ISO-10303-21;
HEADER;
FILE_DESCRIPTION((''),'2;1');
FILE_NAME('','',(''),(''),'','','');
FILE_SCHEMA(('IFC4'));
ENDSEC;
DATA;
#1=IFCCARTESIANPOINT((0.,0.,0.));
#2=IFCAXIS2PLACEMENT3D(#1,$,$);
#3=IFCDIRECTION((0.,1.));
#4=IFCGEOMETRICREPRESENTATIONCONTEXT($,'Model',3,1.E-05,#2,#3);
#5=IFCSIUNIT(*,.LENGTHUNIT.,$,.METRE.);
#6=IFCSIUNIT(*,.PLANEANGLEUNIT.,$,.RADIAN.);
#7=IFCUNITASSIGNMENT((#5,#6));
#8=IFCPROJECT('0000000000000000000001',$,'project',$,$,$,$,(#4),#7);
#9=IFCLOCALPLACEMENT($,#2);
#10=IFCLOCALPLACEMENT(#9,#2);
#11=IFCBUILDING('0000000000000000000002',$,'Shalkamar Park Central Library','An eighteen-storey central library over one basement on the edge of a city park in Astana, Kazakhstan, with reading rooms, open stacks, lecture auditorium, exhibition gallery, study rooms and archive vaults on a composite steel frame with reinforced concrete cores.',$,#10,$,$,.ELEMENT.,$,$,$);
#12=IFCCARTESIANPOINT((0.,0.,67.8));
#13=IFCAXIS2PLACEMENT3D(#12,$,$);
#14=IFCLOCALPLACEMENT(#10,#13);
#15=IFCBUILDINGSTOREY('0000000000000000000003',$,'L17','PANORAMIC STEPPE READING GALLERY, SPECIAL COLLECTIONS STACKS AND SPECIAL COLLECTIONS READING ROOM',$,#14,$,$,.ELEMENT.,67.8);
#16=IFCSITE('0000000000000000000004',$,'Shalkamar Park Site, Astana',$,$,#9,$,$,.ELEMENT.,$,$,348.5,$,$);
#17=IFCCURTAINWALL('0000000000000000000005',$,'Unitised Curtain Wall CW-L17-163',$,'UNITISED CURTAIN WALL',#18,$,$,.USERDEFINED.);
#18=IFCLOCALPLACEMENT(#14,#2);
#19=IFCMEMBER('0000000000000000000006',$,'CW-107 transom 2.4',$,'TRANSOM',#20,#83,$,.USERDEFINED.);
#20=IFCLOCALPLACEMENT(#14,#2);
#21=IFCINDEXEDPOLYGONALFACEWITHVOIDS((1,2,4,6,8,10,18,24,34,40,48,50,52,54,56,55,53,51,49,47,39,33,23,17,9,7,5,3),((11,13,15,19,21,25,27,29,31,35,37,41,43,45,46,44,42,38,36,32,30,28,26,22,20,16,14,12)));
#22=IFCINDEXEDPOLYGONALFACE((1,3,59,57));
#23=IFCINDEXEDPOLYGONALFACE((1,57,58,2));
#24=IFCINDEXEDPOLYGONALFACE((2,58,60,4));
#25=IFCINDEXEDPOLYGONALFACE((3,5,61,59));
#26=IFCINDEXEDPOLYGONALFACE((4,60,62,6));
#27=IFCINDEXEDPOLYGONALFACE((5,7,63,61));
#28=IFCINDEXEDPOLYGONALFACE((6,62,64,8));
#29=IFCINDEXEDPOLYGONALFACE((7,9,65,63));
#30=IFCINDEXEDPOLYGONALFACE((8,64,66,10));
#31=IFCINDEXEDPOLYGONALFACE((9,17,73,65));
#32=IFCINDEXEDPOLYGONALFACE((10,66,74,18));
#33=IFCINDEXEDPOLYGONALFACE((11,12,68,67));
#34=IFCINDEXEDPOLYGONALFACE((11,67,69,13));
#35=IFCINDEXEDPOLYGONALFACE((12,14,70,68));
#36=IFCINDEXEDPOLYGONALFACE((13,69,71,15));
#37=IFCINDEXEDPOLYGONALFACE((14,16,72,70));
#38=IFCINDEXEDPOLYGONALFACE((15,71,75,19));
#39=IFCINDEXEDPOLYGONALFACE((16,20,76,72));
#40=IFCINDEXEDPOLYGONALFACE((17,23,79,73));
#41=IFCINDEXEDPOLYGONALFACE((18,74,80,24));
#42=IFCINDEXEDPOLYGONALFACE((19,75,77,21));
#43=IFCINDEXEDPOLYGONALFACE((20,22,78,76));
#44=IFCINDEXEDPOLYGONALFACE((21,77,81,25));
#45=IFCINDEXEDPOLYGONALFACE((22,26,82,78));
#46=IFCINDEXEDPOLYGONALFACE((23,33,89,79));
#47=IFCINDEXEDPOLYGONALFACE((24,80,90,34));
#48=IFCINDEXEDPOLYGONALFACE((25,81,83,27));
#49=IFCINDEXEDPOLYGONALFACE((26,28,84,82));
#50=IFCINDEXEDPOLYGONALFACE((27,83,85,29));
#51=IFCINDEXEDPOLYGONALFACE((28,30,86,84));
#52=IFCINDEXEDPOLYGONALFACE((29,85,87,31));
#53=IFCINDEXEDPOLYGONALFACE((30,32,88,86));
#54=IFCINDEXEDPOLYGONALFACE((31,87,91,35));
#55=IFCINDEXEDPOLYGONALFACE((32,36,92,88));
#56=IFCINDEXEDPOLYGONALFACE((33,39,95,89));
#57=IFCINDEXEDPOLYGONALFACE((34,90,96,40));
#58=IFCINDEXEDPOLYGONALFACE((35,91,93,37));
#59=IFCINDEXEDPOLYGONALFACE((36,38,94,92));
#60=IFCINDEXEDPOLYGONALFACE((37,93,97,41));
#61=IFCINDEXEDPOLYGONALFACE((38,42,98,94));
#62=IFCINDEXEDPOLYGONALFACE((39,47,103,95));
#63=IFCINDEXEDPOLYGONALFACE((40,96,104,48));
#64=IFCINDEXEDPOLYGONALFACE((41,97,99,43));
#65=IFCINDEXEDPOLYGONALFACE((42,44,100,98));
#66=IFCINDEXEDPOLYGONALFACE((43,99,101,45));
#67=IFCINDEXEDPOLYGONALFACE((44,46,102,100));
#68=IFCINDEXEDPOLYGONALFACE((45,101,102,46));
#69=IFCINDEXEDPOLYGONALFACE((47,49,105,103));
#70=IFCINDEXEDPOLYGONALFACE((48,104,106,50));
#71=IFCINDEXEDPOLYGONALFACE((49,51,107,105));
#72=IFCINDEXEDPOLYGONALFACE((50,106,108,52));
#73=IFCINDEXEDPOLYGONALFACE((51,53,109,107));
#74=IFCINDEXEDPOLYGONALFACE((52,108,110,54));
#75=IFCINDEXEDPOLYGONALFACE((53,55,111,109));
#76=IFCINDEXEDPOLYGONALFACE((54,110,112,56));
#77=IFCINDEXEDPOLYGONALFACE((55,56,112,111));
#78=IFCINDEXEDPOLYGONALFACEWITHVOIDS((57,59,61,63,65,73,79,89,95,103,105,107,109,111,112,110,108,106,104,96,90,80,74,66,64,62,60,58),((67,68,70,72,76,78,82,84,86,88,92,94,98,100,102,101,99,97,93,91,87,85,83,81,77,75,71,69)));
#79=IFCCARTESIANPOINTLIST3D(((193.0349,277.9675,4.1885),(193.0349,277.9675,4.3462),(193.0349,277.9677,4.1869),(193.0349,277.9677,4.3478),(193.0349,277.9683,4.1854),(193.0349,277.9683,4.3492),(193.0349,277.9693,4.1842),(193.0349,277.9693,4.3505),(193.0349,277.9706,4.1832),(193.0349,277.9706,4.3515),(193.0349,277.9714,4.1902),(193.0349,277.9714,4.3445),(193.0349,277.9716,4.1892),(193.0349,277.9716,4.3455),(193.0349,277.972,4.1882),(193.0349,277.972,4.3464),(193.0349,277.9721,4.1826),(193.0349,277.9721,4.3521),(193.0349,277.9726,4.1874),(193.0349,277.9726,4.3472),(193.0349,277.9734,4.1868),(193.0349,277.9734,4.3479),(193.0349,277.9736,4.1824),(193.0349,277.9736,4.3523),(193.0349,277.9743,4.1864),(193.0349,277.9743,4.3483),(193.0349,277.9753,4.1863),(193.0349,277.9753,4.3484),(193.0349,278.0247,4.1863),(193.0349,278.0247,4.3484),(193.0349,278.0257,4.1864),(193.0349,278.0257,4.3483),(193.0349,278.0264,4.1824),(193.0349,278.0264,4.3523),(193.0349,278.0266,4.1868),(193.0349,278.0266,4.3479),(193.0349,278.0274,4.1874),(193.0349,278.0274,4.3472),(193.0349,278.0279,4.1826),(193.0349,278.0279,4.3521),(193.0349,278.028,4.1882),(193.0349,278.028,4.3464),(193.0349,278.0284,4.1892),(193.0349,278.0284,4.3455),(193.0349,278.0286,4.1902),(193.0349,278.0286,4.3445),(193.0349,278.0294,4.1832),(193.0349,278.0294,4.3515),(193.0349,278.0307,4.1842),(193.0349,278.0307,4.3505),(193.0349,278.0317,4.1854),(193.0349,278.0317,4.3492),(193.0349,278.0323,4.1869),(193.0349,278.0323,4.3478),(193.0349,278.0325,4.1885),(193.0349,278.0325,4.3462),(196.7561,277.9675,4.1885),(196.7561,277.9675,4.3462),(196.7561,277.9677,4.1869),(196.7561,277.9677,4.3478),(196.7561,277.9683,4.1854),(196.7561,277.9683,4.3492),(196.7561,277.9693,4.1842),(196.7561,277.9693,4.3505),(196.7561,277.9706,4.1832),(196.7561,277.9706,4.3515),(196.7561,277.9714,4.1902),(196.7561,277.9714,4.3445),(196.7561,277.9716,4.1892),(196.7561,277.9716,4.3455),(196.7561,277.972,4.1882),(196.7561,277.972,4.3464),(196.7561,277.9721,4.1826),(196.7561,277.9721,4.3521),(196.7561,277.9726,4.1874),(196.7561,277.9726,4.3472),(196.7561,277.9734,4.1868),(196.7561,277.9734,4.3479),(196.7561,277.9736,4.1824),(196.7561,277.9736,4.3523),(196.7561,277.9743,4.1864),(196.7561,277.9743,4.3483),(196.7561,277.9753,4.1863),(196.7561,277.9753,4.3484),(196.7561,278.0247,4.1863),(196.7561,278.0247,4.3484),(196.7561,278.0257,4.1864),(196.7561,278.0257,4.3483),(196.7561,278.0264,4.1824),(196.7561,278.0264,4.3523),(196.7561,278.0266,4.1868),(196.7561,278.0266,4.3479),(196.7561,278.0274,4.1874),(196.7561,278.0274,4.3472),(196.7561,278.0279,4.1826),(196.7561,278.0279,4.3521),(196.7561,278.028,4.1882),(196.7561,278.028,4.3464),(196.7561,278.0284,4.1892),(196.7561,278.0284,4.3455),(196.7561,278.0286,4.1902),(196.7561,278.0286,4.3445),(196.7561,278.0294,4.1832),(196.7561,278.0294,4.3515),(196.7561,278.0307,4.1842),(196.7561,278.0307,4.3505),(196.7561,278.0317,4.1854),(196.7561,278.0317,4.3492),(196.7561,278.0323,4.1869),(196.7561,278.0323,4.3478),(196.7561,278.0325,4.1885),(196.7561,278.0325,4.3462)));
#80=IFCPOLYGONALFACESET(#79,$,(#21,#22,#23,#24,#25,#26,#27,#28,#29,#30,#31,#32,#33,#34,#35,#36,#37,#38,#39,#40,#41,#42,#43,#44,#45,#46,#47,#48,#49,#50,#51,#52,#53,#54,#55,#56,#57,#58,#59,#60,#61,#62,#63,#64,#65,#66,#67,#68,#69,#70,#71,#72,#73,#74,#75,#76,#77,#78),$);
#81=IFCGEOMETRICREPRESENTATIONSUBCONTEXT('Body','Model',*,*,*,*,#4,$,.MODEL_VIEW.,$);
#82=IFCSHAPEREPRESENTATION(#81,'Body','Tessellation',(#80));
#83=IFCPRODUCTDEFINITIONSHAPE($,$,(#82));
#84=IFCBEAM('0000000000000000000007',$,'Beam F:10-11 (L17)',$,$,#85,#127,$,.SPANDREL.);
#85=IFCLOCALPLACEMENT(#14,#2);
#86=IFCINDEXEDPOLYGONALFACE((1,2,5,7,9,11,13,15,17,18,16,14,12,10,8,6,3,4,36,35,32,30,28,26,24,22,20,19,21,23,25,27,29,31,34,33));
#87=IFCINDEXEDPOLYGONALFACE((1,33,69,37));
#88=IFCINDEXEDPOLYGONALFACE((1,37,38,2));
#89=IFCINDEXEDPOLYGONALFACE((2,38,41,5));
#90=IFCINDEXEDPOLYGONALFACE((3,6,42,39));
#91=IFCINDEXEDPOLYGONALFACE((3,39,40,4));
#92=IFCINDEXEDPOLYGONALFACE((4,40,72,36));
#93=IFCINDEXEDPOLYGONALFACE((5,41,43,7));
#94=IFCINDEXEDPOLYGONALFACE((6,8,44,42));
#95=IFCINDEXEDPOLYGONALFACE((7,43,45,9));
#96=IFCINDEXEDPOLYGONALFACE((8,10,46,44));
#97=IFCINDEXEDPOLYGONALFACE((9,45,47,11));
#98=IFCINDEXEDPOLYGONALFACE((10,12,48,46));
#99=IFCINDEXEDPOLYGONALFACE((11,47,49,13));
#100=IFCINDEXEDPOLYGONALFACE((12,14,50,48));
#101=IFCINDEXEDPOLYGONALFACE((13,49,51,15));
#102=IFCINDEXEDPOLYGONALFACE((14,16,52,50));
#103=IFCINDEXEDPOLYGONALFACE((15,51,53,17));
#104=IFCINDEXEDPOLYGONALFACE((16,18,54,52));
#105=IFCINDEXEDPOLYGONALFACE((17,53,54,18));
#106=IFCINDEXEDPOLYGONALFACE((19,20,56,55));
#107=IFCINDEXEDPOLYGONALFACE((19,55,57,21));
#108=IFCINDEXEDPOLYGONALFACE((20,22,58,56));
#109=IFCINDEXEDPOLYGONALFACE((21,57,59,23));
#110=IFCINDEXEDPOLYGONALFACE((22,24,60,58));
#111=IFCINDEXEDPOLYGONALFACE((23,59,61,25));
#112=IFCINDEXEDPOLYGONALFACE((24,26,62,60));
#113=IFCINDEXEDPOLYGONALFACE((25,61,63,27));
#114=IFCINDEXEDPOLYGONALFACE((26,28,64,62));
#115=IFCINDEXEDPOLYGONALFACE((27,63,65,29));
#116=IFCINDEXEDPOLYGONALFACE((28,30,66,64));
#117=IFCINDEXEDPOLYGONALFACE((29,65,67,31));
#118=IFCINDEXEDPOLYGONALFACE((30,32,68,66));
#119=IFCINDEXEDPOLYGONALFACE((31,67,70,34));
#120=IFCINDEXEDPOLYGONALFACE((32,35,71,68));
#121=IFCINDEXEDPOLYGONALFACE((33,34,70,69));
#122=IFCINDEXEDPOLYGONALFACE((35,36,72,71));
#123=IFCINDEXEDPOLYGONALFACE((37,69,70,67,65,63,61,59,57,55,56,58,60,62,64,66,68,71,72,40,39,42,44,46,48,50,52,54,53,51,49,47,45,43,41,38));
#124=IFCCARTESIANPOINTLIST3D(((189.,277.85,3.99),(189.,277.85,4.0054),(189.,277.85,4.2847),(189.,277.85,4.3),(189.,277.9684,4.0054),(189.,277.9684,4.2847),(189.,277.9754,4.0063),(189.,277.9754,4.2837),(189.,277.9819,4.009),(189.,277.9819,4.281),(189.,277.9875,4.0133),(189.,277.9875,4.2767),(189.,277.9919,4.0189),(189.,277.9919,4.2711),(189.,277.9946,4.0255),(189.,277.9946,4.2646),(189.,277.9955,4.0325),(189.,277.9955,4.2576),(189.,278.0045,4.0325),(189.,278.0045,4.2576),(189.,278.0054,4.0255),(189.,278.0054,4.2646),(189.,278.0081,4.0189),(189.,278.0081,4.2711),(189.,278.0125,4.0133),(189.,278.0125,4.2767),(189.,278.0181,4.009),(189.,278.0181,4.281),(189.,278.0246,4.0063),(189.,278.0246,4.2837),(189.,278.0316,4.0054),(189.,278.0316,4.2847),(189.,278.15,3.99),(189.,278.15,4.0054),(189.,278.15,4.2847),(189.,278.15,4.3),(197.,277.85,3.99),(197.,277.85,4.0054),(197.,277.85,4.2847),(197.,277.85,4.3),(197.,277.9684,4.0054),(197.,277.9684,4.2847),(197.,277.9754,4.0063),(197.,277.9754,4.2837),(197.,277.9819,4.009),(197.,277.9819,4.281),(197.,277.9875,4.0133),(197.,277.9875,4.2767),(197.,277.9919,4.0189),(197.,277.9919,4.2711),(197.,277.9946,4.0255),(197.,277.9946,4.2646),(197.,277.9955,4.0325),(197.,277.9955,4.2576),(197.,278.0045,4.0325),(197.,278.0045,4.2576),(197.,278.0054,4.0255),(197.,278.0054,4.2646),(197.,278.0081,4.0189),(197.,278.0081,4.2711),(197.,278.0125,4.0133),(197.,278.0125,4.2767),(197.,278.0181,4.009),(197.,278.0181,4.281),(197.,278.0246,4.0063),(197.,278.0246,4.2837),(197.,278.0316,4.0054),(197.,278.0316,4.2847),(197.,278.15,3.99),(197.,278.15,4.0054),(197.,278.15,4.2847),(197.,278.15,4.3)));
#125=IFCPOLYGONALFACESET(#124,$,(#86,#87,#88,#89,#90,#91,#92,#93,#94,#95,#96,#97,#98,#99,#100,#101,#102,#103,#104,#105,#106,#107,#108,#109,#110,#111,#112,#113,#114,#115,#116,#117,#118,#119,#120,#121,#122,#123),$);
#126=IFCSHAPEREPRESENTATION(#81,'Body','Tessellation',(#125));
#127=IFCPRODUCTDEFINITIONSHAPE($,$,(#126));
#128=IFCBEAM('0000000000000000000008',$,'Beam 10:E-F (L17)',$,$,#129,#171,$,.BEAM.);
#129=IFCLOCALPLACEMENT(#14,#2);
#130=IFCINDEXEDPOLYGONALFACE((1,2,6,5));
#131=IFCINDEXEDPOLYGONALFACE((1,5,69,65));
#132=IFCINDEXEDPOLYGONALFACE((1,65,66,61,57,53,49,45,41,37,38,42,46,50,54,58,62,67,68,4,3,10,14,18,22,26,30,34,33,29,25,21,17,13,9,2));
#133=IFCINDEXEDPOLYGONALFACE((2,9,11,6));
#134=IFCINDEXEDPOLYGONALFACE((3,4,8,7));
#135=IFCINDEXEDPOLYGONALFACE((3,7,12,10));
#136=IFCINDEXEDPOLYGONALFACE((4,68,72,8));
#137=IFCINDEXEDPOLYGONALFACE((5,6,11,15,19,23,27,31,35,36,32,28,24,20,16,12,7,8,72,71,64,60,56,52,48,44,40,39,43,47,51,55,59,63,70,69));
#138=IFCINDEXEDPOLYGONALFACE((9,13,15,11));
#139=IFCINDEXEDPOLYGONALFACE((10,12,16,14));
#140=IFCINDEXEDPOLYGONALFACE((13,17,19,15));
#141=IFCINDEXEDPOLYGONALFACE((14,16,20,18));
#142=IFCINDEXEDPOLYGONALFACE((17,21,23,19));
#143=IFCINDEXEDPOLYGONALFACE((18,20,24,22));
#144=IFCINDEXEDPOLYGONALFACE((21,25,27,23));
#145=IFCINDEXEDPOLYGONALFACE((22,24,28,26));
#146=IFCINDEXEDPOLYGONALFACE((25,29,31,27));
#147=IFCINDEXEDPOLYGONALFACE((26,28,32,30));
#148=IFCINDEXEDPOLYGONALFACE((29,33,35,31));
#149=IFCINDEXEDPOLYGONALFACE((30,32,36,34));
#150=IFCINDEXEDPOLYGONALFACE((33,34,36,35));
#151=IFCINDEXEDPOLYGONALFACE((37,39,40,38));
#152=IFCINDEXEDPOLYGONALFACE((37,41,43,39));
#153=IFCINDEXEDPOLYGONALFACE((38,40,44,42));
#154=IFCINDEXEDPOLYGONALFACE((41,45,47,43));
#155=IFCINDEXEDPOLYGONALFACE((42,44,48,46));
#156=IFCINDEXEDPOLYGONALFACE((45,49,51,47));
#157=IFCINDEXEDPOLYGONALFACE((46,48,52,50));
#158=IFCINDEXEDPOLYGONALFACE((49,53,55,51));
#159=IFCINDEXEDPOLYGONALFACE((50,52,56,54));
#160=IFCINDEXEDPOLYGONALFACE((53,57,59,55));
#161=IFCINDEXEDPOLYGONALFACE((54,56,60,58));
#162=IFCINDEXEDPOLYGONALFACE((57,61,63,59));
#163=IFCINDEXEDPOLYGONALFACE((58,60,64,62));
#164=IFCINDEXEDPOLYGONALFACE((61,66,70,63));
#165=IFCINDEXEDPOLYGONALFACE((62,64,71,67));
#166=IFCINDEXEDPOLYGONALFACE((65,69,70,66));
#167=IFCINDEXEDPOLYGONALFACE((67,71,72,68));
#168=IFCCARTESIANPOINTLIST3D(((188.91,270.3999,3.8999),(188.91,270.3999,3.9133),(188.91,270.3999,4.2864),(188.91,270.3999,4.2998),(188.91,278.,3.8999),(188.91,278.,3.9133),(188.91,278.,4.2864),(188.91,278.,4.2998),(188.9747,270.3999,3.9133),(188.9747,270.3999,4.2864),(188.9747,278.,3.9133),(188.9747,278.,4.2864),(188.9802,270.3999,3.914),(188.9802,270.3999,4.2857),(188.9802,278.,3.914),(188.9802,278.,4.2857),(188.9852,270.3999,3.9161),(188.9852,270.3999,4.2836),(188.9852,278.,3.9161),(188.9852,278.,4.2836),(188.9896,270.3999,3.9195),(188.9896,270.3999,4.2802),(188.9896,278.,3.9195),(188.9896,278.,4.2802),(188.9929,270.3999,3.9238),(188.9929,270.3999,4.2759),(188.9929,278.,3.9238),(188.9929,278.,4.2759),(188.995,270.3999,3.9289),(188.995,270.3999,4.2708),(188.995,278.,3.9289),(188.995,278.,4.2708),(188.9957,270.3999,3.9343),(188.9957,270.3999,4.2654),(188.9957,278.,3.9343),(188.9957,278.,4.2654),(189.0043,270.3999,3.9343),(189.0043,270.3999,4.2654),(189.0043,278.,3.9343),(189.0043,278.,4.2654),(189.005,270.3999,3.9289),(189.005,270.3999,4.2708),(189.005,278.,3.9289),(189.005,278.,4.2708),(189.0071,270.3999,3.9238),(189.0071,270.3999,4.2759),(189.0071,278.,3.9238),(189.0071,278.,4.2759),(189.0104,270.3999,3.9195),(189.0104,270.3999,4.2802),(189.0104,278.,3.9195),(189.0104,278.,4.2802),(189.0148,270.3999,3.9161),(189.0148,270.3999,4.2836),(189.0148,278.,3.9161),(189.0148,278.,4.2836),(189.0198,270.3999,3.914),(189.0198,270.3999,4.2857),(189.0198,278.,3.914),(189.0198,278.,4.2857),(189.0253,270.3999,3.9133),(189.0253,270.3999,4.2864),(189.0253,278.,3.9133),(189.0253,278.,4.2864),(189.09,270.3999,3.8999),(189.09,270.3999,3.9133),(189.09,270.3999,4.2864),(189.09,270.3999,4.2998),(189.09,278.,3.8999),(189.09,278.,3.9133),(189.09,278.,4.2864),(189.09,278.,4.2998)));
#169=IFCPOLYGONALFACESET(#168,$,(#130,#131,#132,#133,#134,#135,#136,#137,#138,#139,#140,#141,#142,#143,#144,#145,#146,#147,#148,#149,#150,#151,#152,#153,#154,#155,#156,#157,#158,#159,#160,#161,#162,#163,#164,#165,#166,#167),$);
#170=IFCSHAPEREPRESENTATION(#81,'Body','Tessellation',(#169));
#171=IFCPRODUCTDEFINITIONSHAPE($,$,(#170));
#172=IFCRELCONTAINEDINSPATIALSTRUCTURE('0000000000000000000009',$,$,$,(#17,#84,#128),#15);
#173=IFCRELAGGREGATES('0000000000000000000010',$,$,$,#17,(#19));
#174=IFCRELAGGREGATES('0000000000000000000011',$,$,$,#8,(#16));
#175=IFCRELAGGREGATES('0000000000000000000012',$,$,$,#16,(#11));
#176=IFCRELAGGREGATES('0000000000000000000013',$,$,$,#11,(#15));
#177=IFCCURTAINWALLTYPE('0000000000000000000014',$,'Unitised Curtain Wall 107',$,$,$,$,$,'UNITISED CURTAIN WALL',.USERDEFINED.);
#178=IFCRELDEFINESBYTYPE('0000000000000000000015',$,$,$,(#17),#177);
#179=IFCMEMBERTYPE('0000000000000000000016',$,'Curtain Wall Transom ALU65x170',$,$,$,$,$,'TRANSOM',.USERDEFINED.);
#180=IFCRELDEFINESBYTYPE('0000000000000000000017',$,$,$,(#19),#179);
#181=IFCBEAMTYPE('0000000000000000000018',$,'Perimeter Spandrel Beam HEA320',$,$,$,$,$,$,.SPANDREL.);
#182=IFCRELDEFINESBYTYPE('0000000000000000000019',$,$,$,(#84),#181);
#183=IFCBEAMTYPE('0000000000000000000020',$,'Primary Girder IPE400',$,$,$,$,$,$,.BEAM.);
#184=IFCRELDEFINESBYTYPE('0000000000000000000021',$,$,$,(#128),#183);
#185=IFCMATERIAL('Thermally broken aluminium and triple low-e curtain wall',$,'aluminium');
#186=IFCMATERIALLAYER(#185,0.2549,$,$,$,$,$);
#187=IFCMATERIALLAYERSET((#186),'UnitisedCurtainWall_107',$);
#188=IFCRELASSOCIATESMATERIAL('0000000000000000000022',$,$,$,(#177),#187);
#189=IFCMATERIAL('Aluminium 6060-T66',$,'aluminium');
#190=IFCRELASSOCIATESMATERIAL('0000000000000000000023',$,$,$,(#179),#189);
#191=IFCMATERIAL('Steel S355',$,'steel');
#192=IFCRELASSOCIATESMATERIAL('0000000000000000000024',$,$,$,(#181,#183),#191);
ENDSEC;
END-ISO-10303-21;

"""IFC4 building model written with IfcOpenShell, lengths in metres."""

from ifc_helpers import new_model, si_unit, direction, frame, origin, origin_2d, place, context, subcontext, project, spatial, hollow_rectangle, i_section, extrude, material, layer, layer_set, material_profile, profile_set, type_object, element, aggregate, save


model = new_model("IFC4")

# Units and contexts
model_context = context("Model", 3, precision=1e-05, world=origin(), true_north=direction((0.0, 1.0)))
body_context = subcontext(model_context, "Body", "Model", "MODEL_VIEW")
ifc_project = project(units=[si_unit("LENGTHUNIT", "METRE"), si_unit("PLANEANGLEUNIT", "RADIAN")], contexts=[model_context])

# Site, building, storey
site_placement = place(None, origin())
site = spatial("IfcSite", under=ifc_project, at=site_placement, Name="Shalkamar Park Site, Astana", CompositionType="ELEMENT", RefElevation=348.5)
building_placement = place(site_placement, origin())
building = spatial("IfcBuilding", under=site, at=building_placement, Name="Shalkamar Park Central Library", Description="An eighteen-storey central library over one basement on the edge of a city park in Astana, Kazakhstan, with reading rooms, open stacks, lecture auditorium, exhibition gallery, study rooms and archive vaults on a composite steel frame with reinforced concrete cores.", CompositionType="ELEMENT")
storey_placement = place(building_placement, frame((0.0, 0.0, 67.8)))
storey = spatial("IfcBuildingStorey", under=building, at=storey_placement, Name="L17", Description="PANORAMIC STEPPE READING GALLERY, SPECIAL COLLECTIONS STACKS AND SPECIAL COLLECTIONS READING ROOM", CompositionType="ELEMENT", Elevation=67.8)

# Shared definitions
ifc_material_1 = material(Name="Steel S355", Category="steel")

# Curtain wall, member
ifc_material_2 = material(Name="Thermally broken aluminium and triple low-e curtain wall", Category="aluminium")
ifc_layer_1 = layer(ifc_material_2, 0.2549)
ifc_layer_set_1 = layer_set([ifc_layer_1], Name="UnitisedCurtainWall_107")
curtain_wall_type = type_object("IfcCurtainWallType", Name="Unitised Curtain Wall 107", ElementType="UNITISED CURTAIN WALL", PredefinedType="USERDEFINED", material=ifc_layer_set_1)
curtain_wall_placement = place(storey_placement, origin())
curtain_wall = element("IfcCurtainWall", 1, at=curtain_wall_placement, inside=storey, type_object=curtain_wall_type, Name="Unitised Curtain Wall CW-L17-163", ObjectType="UNITISED CURTAIN WALL", PredefinedType="USERDEFINED")
ifc_material_3 = material(Name="Aluminium 6060-T66", Category="aluminium")
ifc_material_profile_1 = material_profile(ifc_material_3, hollow_rectangle(XDim=0.0649, YDim=0.1699, WallThickness=0.0039, InnerFilletRadius=0.0039, OuterFilletRadius=0.0061, at=origin_2d()), Name="ALU 65x170x4")
ifc_profile_set_1 = profile_set([ifc_material_profile_1], Name="Aluminium 6060-T66")
member_type_1 = type_object("IfcMemberType", Name="Curtain Wall Transom ALU65x170", ElementType="TRANSOM", PredefinedType="USERDEFINED", material=ifc_profile_set_1)
member_1_placement = place(storey_placement, frame((193.0349, 278.0, 4.2673), z_axis=(1.0, 0.0, 0.0), x_axis=(0.0, 1.0, 0.0)))
member_1 = element("IfcMember", 2, at=member_1_placement, type_object=member_type_1, Name="CW-107 transom 2.4", ObjectType="TRANSOM", PredefinedType="USERDEFINED", context=body_context, shape_type="SweptSolid", body=[
    extrude(hollow_rectangle(XDim=0.0649, YDim=0.1699, WallThickness=0.0039, InnerFilletRadius=0.0039, OuterFilletRadius=0.0061, at=origin_2d()), origin(), (0.0, 0.0, 1.0), 3.7212),
])

# Beams
ifc_material_profile_2 = material_profile(ifc_material_1, i_section(OverallWidth=0.3, OverallDepth=0.3101, WebThickness=0.009, FlangeThickness=0.0154, FilletRadius=0.0271, at=origin_2d()), Name="HEA 320")
ifc_profile_set_2 = profile_set([ifc_material_profile_2], Name="Steel S355")
beam_type_1 = type_object("IfcBeamType", Name="Perimeter Spandrel Beam HEA320", PredefinedType="SPANDREL", material=ifc_profile_set_2)
beam_1_placement = place(storey_placement, frame((189.0, 278.0, 4.145), z_axis=(1.0, 0.0, 0.0), x_axis=(0.0, 1.0, 0.0)))
element("IfcBeam", 3, at=beam_1_placement, inside=storey, type_object=beam_type_1, Name="Beam F:10-11 (L17)", PredefinedType="SPANDREL", context=body_context, shape_type="SweptSolid", body=[
    extrude(i_section(OverallWidth=0.3, OverallDepth=0.3101, WebThickness=0.009, FlangeThickness=0.0154, FilletRadius=0.0271, at=origin_2d()), origin(), (0.0, 0.0, 1.0), 8.0),
])
ifc_material_profile_3 = material_profile(ifc_material_1, i_section(OverallWidth=0.1799, OverallDepth=0.3999, WebThickness=0.0085, FlangeThickness=0.0134, FilletRadius=0.021, at=origin_2d()), Name="IPE 400")
ifc_profile_set_3 = profile_set([ifc_material_profile_3], Name="Steel S355")
beam_type_2 = type_object("IfcBeamType", Name="Primary Girder IPE400", PredefinedType="BEAM", material=ifc_profile_set_3)
beam_2_placement = place(storey_placement, frame((189.0, 270.3999, 4.0999), z_axis=(0.0, 1.0, 0.0), x_axis=(-1.0, 0.0, 0.0)))
element("IfcBeam", 4, at=beam_2_placement, inside=storey, type_object=beam_type_2, Name="Beam 10:E-F (L17)", PredefinedType="BEAM", context=body_context, shape_type="SweptSolid", body=[
    extrude(i_section(OverallWidth=0.1799, OverallDepth=0.3999, WebThickness=0.0085, FlangeThickness=0.0134, FilletRadius=0.021, at=origin_2d()), origin(), (0.0, 0.0, 1.0), 7.6001),
])

aggregate(curtain_wall, [member_1])

save(model, "model.ifc")
